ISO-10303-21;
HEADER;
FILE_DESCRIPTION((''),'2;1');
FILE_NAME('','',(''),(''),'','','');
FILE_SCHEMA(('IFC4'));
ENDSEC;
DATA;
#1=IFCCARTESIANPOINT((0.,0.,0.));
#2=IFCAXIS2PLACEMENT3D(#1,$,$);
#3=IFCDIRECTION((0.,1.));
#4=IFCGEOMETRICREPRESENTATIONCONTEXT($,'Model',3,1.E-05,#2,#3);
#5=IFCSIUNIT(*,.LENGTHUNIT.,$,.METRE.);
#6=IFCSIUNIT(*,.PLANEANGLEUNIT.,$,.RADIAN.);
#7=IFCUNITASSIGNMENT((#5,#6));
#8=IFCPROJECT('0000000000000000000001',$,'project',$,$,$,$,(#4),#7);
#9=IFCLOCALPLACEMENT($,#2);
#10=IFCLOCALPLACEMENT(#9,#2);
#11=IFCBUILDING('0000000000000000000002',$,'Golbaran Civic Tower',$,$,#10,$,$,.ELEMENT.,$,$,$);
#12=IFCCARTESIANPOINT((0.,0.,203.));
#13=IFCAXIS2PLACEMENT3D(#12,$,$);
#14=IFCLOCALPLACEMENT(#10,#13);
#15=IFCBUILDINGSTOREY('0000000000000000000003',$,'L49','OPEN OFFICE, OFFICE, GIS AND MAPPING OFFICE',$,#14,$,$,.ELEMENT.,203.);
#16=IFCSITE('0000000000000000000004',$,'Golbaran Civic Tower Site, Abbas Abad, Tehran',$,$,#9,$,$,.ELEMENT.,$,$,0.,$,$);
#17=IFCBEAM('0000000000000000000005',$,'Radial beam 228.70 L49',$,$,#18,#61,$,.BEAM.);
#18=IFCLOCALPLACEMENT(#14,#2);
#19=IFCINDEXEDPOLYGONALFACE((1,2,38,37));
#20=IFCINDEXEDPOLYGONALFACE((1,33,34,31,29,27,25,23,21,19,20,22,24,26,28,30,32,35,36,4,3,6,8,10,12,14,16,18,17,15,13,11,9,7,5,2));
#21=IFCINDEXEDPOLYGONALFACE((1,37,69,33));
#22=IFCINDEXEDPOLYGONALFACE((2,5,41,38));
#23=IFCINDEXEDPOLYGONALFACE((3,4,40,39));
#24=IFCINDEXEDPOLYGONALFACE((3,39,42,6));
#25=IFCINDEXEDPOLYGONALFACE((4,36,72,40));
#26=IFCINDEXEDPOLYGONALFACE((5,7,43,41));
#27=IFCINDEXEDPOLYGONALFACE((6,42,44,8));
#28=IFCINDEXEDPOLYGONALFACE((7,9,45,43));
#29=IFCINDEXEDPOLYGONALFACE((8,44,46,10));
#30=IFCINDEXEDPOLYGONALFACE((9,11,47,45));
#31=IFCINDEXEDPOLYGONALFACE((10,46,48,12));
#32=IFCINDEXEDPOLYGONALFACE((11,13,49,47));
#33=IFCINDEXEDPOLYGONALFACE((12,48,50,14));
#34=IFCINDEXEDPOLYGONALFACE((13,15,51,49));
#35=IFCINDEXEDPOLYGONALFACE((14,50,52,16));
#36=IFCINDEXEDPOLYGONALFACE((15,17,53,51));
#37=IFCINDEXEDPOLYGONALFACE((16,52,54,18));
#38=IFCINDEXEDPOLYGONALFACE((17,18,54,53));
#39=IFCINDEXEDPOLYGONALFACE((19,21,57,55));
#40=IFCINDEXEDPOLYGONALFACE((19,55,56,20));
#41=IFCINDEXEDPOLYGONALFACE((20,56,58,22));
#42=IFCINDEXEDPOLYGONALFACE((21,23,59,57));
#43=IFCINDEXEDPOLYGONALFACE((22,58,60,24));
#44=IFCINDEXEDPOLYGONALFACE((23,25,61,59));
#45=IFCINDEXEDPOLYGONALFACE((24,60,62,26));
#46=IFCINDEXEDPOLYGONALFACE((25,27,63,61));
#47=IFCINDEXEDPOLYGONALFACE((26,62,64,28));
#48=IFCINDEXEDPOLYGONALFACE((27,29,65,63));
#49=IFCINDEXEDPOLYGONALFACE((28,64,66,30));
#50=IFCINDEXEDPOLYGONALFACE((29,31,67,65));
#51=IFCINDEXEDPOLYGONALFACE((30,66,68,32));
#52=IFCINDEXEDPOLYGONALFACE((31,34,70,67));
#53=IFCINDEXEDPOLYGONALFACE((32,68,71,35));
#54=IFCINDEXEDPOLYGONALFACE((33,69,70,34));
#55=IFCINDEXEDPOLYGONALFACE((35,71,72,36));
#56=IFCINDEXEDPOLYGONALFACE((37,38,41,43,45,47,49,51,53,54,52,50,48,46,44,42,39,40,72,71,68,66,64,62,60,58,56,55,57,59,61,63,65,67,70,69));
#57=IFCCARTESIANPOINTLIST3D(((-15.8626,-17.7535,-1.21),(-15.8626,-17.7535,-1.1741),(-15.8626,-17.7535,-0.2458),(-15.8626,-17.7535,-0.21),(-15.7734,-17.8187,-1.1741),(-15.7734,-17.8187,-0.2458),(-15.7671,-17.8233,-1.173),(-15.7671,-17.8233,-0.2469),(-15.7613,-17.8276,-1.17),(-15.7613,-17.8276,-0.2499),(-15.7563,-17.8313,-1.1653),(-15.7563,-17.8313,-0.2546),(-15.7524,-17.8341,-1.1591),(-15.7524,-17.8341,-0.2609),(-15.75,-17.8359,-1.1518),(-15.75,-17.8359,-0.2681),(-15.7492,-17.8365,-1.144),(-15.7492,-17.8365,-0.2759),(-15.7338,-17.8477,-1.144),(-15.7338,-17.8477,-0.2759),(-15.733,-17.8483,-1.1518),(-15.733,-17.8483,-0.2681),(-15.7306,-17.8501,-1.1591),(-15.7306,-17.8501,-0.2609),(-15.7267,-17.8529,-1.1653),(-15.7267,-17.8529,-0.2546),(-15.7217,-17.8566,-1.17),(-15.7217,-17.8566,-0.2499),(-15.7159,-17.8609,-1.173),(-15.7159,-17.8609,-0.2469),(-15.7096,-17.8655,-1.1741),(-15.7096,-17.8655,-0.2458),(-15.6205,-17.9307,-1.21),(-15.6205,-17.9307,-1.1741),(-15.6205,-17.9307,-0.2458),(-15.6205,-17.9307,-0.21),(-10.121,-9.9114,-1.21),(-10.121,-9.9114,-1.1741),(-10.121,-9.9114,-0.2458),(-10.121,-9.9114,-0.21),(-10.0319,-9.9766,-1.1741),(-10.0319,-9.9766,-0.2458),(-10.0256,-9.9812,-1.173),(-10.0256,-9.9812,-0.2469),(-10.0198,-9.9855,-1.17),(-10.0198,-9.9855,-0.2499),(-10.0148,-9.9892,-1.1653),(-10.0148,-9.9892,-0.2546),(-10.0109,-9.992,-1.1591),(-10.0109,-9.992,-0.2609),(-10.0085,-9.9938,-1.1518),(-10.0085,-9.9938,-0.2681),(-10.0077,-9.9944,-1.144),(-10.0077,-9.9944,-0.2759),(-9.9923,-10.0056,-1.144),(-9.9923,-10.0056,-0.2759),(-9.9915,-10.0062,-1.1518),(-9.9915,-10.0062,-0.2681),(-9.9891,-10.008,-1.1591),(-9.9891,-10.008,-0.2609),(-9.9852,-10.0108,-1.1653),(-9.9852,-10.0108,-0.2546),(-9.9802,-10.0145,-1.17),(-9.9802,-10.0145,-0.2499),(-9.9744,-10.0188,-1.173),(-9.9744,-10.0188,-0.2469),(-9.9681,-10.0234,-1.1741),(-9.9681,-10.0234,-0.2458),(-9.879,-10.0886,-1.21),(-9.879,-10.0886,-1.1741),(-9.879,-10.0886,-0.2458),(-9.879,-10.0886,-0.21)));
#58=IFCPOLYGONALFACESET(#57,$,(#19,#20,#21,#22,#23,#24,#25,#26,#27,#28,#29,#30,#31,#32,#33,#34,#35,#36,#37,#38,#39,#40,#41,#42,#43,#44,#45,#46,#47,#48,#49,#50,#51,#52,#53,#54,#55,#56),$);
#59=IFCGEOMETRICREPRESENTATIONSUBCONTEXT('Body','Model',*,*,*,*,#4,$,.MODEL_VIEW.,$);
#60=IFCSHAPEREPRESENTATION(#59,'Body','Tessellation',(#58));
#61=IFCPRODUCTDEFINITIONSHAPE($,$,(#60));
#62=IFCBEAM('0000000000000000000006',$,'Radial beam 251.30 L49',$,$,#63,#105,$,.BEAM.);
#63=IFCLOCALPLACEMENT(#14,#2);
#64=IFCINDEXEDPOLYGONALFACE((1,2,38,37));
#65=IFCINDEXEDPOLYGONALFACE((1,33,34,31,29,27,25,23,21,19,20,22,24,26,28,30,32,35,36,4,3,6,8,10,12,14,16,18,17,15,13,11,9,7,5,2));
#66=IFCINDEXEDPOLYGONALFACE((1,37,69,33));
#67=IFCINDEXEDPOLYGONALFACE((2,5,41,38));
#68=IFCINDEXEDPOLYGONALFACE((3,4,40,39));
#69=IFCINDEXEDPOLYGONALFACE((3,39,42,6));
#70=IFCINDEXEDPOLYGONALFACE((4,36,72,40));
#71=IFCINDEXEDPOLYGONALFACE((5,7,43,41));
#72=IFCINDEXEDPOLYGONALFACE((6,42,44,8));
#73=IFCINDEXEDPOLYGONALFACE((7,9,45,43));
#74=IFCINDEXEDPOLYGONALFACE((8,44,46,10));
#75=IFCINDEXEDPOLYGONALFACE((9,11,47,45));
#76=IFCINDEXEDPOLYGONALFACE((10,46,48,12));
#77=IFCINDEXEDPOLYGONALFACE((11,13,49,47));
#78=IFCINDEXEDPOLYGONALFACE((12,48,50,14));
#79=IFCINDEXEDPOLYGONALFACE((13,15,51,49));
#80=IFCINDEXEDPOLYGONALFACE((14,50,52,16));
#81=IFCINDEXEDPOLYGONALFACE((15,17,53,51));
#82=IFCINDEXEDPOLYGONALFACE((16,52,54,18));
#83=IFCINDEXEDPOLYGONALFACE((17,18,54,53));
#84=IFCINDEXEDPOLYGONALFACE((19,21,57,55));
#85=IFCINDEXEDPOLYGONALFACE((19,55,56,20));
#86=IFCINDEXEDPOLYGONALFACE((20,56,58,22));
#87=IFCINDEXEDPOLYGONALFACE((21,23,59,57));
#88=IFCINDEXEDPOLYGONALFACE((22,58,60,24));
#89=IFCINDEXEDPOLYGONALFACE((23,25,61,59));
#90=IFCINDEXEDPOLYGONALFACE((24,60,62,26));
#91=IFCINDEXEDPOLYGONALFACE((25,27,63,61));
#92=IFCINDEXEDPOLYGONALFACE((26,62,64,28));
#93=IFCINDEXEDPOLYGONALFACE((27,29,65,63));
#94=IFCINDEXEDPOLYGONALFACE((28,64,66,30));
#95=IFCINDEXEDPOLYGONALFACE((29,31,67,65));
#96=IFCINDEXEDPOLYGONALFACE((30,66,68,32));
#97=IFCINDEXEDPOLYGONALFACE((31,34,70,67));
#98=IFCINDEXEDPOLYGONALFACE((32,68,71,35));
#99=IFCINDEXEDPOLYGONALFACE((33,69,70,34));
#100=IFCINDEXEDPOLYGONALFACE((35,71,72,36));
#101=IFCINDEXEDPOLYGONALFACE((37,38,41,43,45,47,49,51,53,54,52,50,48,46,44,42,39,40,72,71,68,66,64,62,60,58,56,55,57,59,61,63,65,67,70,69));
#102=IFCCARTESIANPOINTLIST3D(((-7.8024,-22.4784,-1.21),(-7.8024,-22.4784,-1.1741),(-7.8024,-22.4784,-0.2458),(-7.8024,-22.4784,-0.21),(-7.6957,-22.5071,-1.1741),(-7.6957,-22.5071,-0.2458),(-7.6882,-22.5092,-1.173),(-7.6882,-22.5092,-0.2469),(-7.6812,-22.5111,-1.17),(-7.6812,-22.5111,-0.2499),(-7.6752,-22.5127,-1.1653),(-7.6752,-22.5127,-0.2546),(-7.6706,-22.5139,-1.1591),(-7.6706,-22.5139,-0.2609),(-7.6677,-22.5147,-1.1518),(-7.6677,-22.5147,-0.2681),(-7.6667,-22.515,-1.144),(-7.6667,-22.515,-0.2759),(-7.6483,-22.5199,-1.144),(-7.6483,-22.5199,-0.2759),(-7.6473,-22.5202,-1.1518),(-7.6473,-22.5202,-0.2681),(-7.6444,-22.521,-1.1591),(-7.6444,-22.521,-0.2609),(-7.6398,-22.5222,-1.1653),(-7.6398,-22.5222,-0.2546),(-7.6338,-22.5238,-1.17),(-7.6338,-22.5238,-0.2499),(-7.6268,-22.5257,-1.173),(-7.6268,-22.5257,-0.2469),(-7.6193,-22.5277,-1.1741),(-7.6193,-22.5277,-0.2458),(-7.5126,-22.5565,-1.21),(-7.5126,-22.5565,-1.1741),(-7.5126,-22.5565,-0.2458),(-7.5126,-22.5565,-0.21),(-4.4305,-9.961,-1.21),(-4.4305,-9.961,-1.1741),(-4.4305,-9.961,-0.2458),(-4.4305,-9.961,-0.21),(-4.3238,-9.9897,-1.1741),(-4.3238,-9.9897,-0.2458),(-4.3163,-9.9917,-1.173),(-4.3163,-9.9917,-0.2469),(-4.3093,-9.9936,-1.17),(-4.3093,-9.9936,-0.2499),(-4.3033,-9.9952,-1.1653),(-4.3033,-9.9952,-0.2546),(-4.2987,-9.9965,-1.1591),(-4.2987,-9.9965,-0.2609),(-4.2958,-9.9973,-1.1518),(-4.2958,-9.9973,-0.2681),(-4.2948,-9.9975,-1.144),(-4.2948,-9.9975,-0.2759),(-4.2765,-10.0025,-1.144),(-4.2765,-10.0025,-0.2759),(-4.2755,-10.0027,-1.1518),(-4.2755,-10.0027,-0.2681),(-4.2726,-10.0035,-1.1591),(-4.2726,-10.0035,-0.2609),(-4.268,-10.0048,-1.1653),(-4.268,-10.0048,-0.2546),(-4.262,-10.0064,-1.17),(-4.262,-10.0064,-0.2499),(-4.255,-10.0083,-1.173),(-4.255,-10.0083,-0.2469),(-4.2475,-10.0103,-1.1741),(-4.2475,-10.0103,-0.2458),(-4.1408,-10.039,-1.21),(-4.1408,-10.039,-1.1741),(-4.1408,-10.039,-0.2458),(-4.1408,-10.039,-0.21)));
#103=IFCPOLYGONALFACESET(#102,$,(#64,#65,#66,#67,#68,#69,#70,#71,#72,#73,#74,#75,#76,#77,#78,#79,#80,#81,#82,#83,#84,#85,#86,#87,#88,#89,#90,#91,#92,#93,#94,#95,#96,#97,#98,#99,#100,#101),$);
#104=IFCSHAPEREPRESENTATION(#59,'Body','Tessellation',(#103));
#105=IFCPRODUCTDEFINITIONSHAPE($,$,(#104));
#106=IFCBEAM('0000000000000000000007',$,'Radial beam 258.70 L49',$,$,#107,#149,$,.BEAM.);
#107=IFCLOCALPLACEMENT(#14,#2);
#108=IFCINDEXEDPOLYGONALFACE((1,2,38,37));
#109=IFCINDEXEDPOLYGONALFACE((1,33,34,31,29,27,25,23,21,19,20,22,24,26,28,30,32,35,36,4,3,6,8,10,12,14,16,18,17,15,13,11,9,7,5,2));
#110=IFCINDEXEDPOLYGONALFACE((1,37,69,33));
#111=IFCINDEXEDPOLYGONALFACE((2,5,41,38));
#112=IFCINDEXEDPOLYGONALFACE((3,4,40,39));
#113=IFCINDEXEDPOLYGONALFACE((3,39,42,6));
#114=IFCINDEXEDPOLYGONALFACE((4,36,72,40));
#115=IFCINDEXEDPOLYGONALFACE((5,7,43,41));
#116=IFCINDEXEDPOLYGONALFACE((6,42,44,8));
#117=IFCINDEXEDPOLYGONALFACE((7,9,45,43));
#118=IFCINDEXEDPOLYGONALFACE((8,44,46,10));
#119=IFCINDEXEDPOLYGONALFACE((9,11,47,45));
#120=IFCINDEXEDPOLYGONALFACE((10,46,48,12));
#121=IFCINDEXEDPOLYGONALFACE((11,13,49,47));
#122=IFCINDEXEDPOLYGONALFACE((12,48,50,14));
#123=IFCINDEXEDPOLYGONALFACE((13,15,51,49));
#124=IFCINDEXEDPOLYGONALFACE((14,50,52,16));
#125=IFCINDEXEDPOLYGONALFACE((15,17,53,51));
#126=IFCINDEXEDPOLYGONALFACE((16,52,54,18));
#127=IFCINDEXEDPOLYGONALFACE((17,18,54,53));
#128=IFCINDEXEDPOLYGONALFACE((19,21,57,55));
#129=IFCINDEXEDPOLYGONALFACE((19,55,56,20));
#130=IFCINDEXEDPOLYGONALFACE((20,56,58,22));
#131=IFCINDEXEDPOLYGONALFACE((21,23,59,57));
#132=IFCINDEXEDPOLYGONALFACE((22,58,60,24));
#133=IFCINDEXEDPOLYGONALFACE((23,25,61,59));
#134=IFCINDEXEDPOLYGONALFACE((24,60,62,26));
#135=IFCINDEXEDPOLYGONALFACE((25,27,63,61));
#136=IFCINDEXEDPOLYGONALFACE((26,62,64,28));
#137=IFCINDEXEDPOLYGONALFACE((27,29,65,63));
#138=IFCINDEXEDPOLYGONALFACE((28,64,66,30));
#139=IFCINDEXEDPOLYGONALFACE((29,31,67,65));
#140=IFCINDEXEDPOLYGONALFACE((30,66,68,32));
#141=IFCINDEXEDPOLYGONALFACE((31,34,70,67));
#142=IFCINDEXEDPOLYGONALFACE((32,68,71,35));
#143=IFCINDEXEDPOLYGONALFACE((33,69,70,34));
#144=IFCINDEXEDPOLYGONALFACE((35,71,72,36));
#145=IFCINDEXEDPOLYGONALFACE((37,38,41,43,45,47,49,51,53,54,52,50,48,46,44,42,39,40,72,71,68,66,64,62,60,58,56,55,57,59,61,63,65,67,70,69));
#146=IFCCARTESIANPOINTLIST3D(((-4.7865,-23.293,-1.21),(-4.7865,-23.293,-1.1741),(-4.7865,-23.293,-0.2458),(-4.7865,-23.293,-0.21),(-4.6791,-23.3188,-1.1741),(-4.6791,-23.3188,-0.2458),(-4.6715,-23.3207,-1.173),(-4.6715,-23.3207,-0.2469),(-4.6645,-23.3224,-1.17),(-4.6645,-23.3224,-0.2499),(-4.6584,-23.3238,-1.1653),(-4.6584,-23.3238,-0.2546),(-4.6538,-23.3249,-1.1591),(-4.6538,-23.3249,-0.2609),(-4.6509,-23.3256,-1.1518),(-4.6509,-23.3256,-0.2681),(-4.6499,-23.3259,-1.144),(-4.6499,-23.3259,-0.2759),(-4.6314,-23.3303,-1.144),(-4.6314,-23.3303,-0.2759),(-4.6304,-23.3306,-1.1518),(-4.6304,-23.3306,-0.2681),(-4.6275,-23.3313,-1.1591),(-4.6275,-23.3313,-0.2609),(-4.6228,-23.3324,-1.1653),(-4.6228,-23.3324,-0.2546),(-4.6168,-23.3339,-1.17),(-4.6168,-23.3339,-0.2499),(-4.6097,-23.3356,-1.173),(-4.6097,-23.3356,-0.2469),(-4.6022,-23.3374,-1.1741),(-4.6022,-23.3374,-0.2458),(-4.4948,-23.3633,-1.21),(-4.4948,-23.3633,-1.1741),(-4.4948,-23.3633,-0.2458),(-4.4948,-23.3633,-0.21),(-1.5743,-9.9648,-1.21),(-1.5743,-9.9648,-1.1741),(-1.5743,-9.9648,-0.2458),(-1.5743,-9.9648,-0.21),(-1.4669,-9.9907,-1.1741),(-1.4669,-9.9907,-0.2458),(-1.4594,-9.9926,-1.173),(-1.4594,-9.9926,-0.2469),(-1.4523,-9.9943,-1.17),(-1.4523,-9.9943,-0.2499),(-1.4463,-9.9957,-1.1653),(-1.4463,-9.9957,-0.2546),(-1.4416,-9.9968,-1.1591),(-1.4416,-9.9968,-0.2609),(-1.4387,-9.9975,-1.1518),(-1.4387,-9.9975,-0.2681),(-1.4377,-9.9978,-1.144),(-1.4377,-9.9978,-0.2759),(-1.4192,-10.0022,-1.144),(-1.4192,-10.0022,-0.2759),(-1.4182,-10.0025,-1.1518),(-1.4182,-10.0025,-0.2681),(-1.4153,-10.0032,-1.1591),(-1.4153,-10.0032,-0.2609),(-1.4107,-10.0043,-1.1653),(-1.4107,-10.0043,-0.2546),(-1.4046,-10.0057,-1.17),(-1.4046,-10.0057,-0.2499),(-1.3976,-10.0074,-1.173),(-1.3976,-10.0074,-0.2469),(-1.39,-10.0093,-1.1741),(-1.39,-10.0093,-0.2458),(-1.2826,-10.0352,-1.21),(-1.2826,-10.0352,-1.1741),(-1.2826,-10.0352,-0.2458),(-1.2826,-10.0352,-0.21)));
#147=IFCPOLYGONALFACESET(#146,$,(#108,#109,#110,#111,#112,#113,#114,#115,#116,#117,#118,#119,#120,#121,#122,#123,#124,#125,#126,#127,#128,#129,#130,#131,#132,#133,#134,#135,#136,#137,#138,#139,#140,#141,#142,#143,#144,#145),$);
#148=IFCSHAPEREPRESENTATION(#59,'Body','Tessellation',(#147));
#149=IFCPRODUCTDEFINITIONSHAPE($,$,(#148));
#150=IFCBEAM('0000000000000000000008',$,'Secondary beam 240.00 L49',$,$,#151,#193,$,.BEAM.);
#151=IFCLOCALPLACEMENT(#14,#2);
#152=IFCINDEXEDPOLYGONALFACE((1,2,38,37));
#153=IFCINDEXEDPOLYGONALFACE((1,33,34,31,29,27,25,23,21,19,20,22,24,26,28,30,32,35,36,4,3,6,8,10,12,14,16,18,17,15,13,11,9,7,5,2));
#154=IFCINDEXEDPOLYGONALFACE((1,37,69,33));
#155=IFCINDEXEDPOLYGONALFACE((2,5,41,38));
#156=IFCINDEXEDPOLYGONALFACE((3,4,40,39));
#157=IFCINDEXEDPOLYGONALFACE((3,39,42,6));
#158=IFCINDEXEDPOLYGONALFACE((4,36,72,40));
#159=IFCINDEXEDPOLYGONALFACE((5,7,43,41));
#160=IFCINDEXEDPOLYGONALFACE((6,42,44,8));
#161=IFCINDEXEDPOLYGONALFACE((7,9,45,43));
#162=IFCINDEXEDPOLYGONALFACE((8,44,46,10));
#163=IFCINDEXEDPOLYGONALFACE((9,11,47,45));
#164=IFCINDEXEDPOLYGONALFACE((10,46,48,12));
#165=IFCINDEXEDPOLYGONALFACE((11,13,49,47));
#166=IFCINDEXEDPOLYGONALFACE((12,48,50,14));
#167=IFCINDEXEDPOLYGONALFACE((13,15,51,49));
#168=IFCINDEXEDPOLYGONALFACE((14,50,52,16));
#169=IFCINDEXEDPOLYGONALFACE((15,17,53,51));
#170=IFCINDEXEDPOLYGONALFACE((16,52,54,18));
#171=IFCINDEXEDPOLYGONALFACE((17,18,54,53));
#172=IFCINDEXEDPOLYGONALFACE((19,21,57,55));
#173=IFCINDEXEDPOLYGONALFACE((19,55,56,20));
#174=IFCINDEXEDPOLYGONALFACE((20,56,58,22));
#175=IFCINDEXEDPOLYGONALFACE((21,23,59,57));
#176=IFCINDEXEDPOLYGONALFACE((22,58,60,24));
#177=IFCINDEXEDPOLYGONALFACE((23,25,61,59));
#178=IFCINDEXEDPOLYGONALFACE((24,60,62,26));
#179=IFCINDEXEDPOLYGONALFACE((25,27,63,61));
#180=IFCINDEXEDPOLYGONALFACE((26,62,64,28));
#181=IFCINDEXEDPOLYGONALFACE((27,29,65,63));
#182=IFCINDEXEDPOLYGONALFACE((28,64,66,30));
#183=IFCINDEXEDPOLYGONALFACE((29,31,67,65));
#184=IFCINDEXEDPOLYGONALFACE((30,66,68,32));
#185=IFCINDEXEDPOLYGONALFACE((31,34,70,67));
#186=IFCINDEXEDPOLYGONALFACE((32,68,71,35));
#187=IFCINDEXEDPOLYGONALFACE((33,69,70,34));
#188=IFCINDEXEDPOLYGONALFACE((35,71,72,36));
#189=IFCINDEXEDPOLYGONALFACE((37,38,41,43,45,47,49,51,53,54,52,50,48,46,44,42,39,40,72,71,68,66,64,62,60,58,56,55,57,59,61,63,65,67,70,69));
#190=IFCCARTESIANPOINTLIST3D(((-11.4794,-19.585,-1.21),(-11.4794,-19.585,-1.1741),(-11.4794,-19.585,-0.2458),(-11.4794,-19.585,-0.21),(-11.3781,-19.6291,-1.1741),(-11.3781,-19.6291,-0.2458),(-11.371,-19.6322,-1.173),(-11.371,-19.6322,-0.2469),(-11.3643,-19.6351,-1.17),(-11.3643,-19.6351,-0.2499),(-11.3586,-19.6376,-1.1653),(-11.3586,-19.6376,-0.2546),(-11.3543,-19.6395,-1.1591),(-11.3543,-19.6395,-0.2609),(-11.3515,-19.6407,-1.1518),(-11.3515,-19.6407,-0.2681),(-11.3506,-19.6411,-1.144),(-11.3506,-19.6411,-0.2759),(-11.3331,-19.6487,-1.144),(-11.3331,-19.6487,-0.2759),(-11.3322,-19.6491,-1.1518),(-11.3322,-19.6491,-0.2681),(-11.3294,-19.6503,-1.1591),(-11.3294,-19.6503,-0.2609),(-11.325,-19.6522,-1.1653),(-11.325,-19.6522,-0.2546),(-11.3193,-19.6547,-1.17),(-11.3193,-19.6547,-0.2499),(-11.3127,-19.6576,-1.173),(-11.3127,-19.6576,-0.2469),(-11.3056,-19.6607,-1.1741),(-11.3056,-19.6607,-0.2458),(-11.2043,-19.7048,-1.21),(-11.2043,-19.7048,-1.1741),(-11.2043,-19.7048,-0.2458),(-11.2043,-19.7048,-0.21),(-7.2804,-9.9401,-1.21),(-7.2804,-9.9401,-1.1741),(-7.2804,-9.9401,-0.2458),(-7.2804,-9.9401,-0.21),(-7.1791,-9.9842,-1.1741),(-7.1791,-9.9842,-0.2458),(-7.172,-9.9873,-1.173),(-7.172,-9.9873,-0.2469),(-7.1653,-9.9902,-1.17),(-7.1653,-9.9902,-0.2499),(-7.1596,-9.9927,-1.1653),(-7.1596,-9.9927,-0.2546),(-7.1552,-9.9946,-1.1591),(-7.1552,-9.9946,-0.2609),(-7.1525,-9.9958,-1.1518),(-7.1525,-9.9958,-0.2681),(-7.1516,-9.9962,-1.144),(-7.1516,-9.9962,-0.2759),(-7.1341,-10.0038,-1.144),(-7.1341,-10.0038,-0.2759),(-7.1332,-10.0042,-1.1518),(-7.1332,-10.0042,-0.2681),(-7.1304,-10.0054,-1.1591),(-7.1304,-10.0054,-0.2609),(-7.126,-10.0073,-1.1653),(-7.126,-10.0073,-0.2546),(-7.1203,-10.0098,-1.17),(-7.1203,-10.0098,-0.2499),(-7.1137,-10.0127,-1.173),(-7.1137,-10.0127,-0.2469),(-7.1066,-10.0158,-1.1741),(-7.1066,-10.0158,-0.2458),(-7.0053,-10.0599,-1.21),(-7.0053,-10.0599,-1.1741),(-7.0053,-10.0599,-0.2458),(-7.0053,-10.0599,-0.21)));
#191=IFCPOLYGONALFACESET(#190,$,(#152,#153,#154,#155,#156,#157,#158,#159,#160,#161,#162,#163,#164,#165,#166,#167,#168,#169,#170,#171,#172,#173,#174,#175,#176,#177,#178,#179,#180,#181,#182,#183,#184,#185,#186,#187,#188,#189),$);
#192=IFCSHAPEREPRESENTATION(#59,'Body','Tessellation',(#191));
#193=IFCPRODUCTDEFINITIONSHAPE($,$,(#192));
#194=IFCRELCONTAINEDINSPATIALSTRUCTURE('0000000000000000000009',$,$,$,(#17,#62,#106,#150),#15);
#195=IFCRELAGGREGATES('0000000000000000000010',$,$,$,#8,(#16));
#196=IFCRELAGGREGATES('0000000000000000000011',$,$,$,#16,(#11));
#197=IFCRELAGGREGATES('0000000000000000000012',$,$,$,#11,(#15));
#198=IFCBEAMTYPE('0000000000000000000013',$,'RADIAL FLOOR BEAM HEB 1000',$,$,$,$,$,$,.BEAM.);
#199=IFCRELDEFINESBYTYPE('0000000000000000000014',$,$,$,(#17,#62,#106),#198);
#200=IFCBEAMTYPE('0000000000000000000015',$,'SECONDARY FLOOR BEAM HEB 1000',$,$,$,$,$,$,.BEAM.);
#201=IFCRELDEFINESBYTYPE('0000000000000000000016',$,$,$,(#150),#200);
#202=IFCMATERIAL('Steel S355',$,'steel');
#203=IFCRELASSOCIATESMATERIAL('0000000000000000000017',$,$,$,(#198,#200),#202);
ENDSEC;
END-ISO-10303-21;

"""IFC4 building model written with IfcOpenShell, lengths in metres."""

from ifc_helpers import new_model, si_unit, direction, frame, origin, origin_2d, place, context, subcontext, project, spatial, i_section, extrude, material, material_profile, profile_set, type_object, element, save


model = new_model("IFC4")

# Units and contexts
model_context = context("Model", 3, precision=1e-05, world=origin(), true_north=direction((0.0, 1.0)))
body_context = subcontext(model_context, "Body", "Model", "MODEL_VIEW")
ifc_project = project(units=[si_unit("LENGTHUNIT", "METRE"), si_unit("PLANEANGLEUNIT", "RADIAN")], contexts=[model_context])

# Site, building, storey
site_placement = place(None, origin())
site = spatial("IfcSite", under=ifc_project, at=site_placement, Name="Golbaran Civic Tower Site, Abbas Abad, Tehran", CompositionType="ELEMENT", RefElevation=0.0)
building_placement = place(site_placement, origin())
building = spatial("IfcBuilding", under=site, at=building_placement, Name="Golbaran Civic Tower", CompositionType="ELEMENT")
storey_placement = place(building_placement, frame((0.0, 0.0, 203.0)))
storey = spatial("IfcBuildingStorey", under=building, at=storey_placement, Name="L49", Description="OPEN OFFICE, OFFICE, GIS AND MAPPING OFFICE", CompositionType="ELEMENT", Elevation=203.0)

# Beams
ifc_material_1 = material(Name="Steel S355", Category="steel")
ifc_material_profile_1 = material_profile(ifc_material_1, i_section(OverallWidth=0.3, OverallDepth=1.0, WebThickness=0.019, FlangeThickness=0.0359, FilletRadius=0.03, at=origin_2d()), Name="HEB 1000")
ifc_profile_set_1 = profile_set([ifc_material_profile_1], Name="Steel S355")
beam_type_1 = type_object("IfcBeamType", Name="RADIAL FLOOR BEAM HEB 1000", PredefinedType="BEAM", material=ifc_profile_set_1)
beam_1_placement = place(storey_placement, frame((-10.0, -10.0, -0.71), z_axis=(-0.590736, -0.806865, 0.0), x_axis=(0.806865, -0.590736, 0.0)))
element("IfcBeam", 1, at=beam_1_placement, inside=storey, type_object=beam_type_1, Name="Radial beam 228.70 L49", PredefinedType="BEAM", context=body_context, shape_type="SweptSolid", body=[
    extrude(i_section(OverallWidth=0.3, OverallDepth=1.0, WebThickness=0.019, FlangeThickness=0.0359, FilletRadius=0.03, at=origin_2d()), origin(), (0.0, 0.0, 1.0), 9.7192),
])
beam_2_placement = place(storey_placement, frame((-4.2856, -10.0, -0.71), z_axis=(-0.260101, -0.965581, 0.0), x_axis=(0.965581, -0.260101, 0.0)))
element("IfcBeam", 2, at=beam_2_placement, inside=storey, type_object=beam_type_1, Name="Radial beam 251.30 L49", PredefinedType="BEAM", context=body_context, shape_type="SweptSolid", body=[
    extrude(i_section(OverallWidth=0.3, OverallDepth=1.0, WebThickness=0.019, FlangeThickness=0.0359, FilletRadius=0.03, at=origin_2d()), origin(), (0.0, 0.0, 1.0), 12.9636),
])
beam_3_placement = place(storey_placement, frame((-1.4285, -10.0, -0.71), z_axis=(-0.234298, -0.972165, 0.0), x_axis=(0.972165, -0.234298, 0.0)))
element("IfcBeam", 3, at=beam_3_placement, inside=storey, type_object=beam_type_1, Name="Radial beam 258.70 L49", PredefinedType="BEAM", context=body_context, shape_type="SweptSolid", body=[
    extrude(i_section(OverallWidth=0.3, OverallDepth=1.0, WebThickness=0.019, FlangeThickness=0.0359, FilletRadius=0.03, at=origin_2d()), origin(), (0.0, 0.0, 1.0), 13.7097),
])
ifc_material_profile_2 = material_profile(ifc_material_1, i_section(OverallWidth=0.3, OverallDepth=1.0, WebThickness=0.019, FlangeThickness=0.0359, FilletRadius=0.03, at=origin_2d()), Name="HEB 1000")
ifc_profile_set_2 = profile_set([ifc_material_profile_2], Name="Steel S355")
beam_type_2 = type_object("IfcBeamType", Name="SECONDARY FLOOR BEAM HEB 1000", PredefinedType="BEAM", material=ifc_profile_set_2)
beam_4_placement = place(storey_placement, frame((-7.1428, -10.0, -0.71), z_axis=(-0.399173, -0.916875, 0.0), x_axis=(0.916875, -0.399173, 0.0)))
element("IfcBeam", 4, at=beam_4_placement, inside=storey, type_object=beam_type_2, Name="Secondary beam 240.00 L49", PredefinedType="BEAM", context=body_context, shape_type="SweptSolid", body=[
    extrude(i_section(OverallWidth=0.3, OverallDepth=1.0, WebThickness=0.019, FlangeThickness=0.0359, FilletRadius=0.03, at=origin_2d()), origin(), (0.0, 0.0, 1.0), 10.5193),
])

save(model, "model.ifc")
